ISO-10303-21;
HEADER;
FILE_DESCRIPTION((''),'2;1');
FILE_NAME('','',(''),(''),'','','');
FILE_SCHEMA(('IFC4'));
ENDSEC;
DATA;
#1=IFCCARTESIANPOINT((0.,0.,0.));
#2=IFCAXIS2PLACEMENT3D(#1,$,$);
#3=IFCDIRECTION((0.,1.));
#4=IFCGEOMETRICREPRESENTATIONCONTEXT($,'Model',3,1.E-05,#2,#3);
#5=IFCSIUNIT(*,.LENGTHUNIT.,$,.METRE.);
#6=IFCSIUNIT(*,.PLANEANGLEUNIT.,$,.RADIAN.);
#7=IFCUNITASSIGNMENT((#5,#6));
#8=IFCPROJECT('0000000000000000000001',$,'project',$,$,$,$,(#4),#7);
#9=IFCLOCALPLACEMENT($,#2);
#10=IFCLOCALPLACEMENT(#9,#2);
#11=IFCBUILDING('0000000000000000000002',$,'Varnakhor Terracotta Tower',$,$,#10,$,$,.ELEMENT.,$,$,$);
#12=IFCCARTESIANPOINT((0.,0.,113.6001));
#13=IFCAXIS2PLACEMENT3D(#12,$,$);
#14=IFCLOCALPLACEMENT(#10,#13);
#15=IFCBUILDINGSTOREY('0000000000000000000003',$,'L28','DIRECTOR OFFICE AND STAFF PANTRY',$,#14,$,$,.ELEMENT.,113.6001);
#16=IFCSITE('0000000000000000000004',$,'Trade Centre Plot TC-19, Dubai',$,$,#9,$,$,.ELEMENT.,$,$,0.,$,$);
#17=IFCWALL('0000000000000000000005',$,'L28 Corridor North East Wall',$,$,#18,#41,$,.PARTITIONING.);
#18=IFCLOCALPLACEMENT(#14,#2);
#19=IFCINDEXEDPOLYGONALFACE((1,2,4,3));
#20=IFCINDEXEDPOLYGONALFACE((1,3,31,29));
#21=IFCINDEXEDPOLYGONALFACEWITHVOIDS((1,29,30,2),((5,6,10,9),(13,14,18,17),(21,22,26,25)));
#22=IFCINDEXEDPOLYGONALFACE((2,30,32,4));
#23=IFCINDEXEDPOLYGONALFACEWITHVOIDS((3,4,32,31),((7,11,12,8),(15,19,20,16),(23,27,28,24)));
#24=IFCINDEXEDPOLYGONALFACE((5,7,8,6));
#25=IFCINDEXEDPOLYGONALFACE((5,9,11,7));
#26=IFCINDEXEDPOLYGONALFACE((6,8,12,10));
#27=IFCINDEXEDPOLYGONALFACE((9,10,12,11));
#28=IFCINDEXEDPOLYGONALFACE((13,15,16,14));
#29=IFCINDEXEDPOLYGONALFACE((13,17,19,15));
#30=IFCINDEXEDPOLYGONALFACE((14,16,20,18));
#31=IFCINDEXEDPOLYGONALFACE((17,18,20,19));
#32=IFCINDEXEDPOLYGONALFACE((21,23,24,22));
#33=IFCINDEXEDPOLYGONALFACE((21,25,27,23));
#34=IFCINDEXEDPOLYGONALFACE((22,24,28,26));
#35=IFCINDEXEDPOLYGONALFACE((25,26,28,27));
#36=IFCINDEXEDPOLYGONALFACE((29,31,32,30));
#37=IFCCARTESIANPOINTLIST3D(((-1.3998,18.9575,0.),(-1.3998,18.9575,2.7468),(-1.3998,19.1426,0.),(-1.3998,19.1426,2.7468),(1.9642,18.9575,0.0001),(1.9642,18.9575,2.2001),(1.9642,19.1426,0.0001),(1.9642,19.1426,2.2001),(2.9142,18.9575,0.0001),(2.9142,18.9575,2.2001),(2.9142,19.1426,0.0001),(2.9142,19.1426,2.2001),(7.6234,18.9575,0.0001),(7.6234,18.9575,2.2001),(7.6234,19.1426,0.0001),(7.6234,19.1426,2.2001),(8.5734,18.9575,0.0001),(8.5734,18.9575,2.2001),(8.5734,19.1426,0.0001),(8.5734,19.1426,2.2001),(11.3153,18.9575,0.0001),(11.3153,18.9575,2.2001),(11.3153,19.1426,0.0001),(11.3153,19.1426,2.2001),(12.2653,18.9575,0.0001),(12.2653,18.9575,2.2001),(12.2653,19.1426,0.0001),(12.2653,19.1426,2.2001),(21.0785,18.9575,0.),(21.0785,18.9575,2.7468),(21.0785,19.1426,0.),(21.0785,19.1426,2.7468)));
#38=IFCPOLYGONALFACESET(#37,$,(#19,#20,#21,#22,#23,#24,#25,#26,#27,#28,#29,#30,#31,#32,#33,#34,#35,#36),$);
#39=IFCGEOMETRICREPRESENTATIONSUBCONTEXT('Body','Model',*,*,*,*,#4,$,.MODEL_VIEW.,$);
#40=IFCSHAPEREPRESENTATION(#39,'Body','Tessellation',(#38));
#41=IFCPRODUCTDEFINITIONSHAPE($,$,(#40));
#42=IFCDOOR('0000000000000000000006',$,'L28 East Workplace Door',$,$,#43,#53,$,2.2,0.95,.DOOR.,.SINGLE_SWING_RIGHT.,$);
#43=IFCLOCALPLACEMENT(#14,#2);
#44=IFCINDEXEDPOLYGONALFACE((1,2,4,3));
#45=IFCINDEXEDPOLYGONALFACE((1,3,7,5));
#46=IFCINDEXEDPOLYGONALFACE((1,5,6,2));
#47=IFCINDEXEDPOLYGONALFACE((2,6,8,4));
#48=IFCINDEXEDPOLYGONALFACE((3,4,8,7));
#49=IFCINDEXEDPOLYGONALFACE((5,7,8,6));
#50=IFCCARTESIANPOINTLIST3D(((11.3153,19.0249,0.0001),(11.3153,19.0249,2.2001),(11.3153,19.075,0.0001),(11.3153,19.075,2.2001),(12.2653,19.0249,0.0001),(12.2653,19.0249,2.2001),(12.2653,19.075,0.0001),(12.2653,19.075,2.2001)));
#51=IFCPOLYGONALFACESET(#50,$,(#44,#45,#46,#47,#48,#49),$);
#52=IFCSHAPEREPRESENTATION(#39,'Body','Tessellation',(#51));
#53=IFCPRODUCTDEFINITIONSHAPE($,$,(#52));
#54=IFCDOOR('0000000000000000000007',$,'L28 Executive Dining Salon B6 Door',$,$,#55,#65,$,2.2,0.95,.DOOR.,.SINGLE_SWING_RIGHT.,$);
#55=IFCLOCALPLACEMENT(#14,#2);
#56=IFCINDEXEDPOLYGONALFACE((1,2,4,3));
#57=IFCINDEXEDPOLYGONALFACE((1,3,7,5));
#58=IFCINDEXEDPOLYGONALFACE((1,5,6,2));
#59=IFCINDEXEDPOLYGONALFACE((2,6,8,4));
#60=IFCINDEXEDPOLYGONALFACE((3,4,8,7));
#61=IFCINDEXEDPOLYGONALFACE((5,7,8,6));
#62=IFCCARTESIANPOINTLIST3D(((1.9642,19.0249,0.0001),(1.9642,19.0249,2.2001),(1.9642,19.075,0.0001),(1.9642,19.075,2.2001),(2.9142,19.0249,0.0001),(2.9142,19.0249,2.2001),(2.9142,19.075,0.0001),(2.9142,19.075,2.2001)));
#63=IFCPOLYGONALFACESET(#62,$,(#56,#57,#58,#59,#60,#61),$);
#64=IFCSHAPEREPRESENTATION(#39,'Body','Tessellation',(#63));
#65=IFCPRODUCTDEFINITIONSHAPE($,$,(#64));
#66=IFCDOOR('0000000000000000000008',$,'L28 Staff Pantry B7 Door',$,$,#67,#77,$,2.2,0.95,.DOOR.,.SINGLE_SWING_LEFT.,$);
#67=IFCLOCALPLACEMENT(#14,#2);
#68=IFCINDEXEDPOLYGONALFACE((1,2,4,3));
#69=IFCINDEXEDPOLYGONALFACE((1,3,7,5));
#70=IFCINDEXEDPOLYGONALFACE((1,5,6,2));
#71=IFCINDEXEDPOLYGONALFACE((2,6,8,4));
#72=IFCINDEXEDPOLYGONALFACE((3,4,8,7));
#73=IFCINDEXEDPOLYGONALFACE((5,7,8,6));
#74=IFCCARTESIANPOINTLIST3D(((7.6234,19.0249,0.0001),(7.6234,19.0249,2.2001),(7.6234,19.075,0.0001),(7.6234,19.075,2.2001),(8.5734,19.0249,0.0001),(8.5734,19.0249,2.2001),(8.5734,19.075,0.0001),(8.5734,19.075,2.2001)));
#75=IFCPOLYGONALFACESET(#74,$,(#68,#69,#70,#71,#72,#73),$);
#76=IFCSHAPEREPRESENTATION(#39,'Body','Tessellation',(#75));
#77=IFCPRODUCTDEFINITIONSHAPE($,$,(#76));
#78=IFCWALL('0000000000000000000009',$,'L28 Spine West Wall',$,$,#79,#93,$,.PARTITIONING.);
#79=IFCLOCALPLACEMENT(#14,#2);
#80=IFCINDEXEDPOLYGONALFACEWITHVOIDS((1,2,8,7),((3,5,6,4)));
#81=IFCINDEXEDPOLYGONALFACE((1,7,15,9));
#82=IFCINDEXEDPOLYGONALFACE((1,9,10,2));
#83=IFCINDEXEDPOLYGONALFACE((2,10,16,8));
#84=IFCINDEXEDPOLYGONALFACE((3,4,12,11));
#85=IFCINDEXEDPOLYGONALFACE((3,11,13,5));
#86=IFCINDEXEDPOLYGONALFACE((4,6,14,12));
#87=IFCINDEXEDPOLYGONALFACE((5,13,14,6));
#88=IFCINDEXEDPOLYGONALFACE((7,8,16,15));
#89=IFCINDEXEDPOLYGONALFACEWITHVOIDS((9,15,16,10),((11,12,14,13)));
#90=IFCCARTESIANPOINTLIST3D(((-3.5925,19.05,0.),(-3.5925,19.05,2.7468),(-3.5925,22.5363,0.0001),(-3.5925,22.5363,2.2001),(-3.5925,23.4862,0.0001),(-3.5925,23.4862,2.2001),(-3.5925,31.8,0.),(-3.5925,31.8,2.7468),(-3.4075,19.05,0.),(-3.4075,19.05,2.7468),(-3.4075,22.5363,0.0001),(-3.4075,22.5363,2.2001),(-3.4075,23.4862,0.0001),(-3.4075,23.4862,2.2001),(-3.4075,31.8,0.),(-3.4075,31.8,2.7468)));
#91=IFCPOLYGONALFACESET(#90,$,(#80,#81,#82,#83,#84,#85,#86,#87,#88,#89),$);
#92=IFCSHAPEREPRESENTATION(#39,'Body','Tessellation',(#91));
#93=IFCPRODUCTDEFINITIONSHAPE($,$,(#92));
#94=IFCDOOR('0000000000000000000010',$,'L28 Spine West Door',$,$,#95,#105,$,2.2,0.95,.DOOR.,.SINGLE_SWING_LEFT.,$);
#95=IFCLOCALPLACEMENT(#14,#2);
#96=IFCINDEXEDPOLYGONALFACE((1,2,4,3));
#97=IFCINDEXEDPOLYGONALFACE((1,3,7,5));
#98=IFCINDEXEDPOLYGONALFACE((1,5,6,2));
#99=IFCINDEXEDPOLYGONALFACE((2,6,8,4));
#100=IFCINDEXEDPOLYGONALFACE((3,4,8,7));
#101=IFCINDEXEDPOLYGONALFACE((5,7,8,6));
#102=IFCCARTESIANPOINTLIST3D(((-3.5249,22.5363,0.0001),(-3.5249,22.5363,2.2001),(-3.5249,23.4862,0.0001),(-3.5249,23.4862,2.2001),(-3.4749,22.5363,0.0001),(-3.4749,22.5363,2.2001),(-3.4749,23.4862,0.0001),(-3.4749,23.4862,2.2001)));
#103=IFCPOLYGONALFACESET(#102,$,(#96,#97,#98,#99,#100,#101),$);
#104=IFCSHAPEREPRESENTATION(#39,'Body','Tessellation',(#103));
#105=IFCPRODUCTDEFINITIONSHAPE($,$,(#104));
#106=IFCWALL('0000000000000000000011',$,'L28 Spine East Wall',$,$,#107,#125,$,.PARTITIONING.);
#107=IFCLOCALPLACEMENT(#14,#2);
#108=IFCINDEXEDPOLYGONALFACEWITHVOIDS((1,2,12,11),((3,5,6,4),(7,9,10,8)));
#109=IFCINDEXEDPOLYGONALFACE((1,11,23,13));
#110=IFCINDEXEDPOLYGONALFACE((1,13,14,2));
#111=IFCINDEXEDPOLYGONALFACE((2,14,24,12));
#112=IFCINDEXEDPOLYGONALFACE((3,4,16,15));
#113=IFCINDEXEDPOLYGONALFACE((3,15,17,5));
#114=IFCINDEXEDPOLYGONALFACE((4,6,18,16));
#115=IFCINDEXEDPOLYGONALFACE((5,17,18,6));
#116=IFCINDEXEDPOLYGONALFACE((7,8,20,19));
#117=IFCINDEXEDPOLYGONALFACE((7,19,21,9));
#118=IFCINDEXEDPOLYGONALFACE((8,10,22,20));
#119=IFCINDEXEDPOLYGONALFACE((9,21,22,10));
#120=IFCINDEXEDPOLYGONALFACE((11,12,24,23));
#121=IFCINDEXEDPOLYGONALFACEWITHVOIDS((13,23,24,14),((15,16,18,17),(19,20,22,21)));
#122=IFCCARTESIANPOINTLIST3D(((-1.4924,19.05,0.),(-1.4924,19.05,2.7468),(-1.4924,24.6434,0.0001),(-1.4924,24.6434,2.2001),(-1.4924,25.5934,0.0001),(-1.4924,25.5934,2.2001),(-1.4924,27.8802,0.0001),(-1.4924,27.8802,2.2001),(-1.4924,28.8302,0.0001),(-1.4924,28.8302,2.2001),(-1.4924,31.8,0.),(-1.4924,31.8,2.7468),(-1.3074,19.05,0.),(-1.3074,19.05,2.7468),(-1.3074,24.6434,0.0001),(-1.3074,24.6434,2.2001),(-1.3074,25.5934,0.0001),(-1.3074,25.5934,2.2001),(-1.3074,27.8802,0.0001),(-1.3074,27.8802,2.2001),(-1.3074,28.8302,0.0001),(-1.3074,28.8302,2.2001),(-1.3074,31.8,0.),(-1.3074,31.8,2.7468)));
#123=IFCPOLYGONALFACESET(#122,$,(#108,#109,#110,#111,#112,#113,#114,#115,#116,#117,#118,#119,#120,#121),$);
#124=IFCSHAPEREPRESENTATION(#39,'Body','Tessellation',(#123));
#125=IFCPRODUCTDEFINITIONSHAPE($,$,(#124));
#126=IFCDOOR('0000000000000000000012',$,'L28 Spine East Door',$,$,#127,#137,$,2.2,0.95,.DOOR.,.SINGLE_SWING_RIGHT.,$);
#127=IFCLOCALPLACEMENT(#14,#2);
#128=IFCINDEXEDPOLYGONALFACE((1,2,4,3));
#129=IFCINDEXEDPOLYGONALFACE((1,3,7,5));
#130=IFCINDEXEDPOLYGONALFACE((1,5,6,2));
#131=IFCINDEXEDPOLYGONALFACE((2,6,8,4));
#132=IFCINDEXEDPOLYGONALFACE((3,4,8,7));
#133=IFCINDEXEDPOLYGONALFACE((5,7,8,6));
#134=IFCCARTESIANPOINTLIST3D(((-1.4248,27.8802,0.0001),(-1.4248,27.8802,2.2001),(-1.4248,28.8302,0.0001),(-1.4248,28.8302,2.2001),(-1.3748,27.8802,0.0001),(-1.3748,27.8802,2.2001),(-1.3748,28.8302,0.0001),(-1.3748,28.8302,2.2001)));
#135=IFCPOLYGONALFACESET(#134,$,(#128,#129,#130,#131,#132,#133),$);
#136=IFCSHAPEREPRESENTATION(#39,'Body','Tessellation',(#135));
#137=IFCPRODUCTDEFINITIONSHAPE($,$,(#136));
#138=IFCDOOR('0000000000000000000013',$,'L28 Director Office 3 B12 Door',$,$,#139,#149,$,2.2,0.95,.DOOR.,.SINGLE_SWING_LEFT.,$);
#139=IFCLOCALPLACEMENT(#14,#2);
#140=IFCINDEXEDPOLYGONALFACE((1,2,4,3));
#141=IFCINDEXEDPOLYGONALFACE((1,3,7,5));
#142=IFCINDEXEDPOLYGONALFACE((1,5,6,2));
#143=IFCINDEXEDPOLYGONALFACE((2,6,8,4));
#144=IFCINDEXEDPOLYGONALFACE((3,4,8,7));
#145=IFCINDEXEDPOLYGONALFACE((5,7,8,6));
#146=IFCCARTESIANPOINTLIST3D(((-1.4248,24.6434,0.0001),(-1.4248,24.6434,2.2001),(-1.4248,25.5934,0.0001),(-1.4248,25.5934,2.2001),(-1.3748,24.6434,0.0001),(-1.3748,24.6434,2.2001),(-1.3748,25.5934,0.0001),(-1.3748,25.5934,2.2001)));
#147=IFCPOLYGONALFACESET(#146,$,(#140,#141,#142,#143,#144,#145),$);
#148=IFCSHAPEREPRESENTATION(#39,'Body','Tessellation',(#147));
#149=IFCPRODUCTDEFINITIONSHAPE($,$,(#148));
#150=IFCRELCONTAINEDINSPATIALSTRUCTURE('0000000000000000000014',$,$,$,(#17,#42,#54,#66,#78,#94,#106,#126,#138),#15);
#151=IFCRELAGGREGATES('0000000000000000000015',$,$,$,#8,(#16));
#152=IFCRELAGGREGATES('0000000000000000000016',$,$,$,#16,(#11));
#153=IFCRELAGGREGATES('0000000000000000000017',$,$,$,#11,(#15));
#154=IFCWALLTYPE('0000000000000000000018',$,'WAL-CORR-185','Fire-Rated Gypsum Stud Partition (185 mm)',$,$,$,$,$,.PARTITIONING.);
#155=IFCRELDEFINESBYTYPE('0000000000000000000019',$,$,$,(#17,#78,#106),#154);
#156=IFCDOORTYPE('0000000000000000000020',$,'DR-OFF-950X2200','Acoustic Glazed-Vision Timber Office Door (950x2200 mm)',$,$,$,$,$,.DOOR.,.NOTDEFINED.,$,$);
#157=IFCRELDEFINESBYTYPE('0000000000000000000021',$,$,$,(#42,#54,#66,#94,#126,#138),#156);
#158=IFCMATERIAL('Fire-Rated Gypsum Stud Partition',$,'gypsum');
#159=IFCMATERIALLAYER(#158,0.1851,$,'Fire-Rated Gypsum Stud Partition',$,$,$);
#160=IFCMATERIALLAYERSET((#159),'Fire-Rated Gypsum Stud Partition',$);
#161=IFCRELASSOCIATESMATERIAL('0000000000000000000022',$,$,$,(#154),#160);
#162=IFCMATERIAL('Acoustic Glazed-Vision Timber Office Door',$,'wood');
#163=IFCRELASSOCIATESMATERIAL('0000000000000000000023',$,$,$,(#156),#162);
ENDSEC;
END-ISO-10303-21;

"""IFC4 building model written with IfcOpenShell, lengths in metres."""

from ifc_helpers import new_model, si_unit, direction, frame, frame_2d, origin, place, context, subcontext, project, spatial, rectangle, extrude, source, transform, mapped, material, layer, layer_set, type_object, type_shapes, element, fill, save


model = new_model("IFC4")

# Units and contexts
model_context = context("Model", 3, precision=1e-05, world=origin(), true_north=direction((0.0, 1.0)))
body_context = subcontext(model_context, "Body", "Model", "MODEL_VIEW")
ifc_project = project(units=[si_unit("LENGTHUNIT", "METRE"), si_unit("PLANEANGLEUNIT", "RADIAN")], contexts=[model_context])

# Site, building, storey
site_placement = place(None, origin())
site = spatial("IfcSite", under=ifc_project, at=site_placement, Name="Trade Centre Plot TC-19, Dubai", CompositionType="ELEMENT", RefElevation=0.0)
building_placement = place(site_placement, origin())
building = spatial("IfcBuilding", under=site, at=building_placement, Name="Varnakhor Terracotta Tower", CompositionType="ELEMENT")
storey_placement = place(building_placement, frame((0.0, 0.0, 113.6001)))
storey = spatial("IfcBuildingStorey", under=building, at=storey_placement, Name="L28", Description="DIRECTOR OFFICE AND STAFF PANTRY", CompositionType="ELEMENT", Elevation=113.6001)

# Wall, openings, doors
ifc_material_1 = material(Name="Fire-Rated Gypsum Stud Partition", Category="gypsum")
ifc_layer_1 = layer(ifc_material_1, 0.1851, Name="Fire-Rated Gypsum Stud Partition")
ifc_layer_set_1 = layer_set([ifc_layer_1], Name="Fire-Rated Gypsum Stud Partition")
wall_type_1 = type_object("IfcWallType", Name="WAL-CORR-185", Description="Fire-Rated Gypsum Stud Partition (185 mm)", PredefinedType="PARTITIONING", material=ifc_layer_set_1)
wall_1_placement = place(storey_placement, frame((-1.3999, 19.05, 0.0), z_axis=(0.0, 0.0, 1.0), x_axis=(1.0, 0.0, 0.0)))
wall_1 = element("IfcWall", 1, at=wall_1_placement, inside=storey, type_object=wall_type_1, Name="L28 Corridor North East Wall", PredefinedType="PARTITIONING", context=body_context, shape_type="SweptSolid", body=[
    extrude(rectangle(XDim=22.4783, YDim=0.1851, at=frame_2d((11.2393, 0.0))), origin(), (0.0, 0.0, 1.0), 2.7468),
])
opening_1_placement = place(wall_1_placement, frame((12.7151, 0.0, 0.0)))
opening_1 = element("IfcOpeningElement", 2, at=opening_1_placement, cuts=wall_1, PredefinedType="OPENING", context=body_context, shape_type="SweptSolid", body=[
    extrude(rectangle(XDim=0.95, YDim=2.2, at=frame_2d((0.4751, 1.1001))), frame((0.0, 0.1025, 0.0), z_axis=(0.0, -1.0, 0.0), x_axis=(1.0, 0.0, 0.0)), (0.0, 0.0, 1.0), 0.2051),
])
opening_2_placement = place(wall_1_placement, frame((3.364, 0.0, 0.0)))
opening_2 = element("IfcOpeningElement", 3, at=opening_2_placement, cuts=wall_1, PredefinedType="OPENING", context=body_context, shape_type="SweptSolid", body=[
    extrude(rectangle(XDim=0.95, YDim=2.2, at=frame_2d((0.4751, 1.1001))), frame((0.0, 0.1025, 0.0), z_axis=(0.0, -1.0, 0.0), x_axis=(1.0, 0.0, 0.0)), (0.0, 0.0, 1.0), 0.2051),
])
opening_3_placement = place(wall_1_placement, frame((9.0232, 0.0, 0.0)))
opening_3 = element("IfcOpeningElement", 4, at=opening_3_placement, cuts=wall_1, PredefinedType="OPENING", context=body_context, shape_type="SweptSolid", body=[
    extrude(rectangle(XDim=0.95, YDim=2.2, at=frame_2d((0.4751, 1.1001))), frame((0.0, 0.1025, 0.0), z_axis=(0.0, -1.0, 0.0), x_axis=(1.0, 0.0, 0.0)), (0.0, 0.0, 1.0), 0.2051),
])
ifc_material_2 = material(Name="Acoustic Glazed-Vision Timber Office Door", Category="wood")
door_type = type_object("IfcDoorType", Name="DR-OFF-950X2200", Description="Acoustic Glazed-Vision Timber Office Door (950x2200 mm)", OperationType="NOTDEFINED", PredefinedType="DOOR", material=ifc_material_2)
shared_shape_1 = source(origin(), body_context, "Body", "SweptSolid", [
    extrude(rectangle(XDim=0.95, YDim=2.2, at=frame_2d((0.4751, 1.1001))), frame((0.0, 0.0249, 0.0), z_axis=(0.0, -1.0, 0.0), x_axis=(1.0, 0.0, 0.0)), (0.0, 0.0, 1.0), 0.05),
])
type_shapes(door_type, [shared_shape_1])
door_1_placement = place(opening_1_placement, origin())
door_1 = element("IfcDoor", 5, at=door_1_placement, inside=storey, type_object=door_type, Name="L28 East Workplace Door", OperationType="SINGLE_SWING_RIGHT", OverallHeight=2.2, OverallWidth=0.95, PredefinedType="DOOR", context=body_context, shape_type="MappedRepresentation", body=[
    mapped(shared_shape_1, transform((0.0, 0.0, 0.0), scale=1.0)),
])
fill(opening_1, door_1)
door_2_placement = place(opening_2_placement, origin())
door_2 = element("IfcDoor", 6, at=door_2_placement, inside=storey, type_object=door_type, Name="L28 Executive Dining Salon B6 Door", OperationType="SINGLE_SWING_RIGHT", OverallHeight=2.2, OverallWidth=0.95, PredefinedType="DOOR", context=body_context, shape_type="MappedRepresentation", body=[
    mapped(shared_shape_1, transform((0.0, 0.0, 0.0), scale=1.0)),
])
fill(opening_2, door_2)
door_3_placement = place(opening_3_placement, origin())
door_3 = element("IfcDoor", 7, at=door_3_placement, inside=storey, type_object=door_type, Name="L28 Staff Pantry B7 Door", OperationType="SINGLE_SWING_LEFT", OverallHeight=2.2, OverallWidth=0.95, PredefinedType="DOOR", context=body_context, shape_type="MappedRepresentation", body=[
    mapped(shared_shape_1, transform((0.0, 0.0, 0.0), scale=1.0)),
])
fill(opening_3, door_3)

# Wall, opening, door
wall_2_placement = place(storey_placement, frame((-3.5, 19.05, 0.0), z_axis=(0.0, 0.0, 1.0), x_axis=(0.0, 1.0, 0.0)))
wall_2 = element("IfcWall", 8, at=wall_2_placement, inside=storey, type_object=wall_type_1, Name="L28 Spine West Wall", PredefinedType="PARTITIONING", context=body_context, shape_type="SweptSolid", body=[
    extrude(rectangle(XDim=12.75, YDim=0.1851, at=frame_2d((6.375, 0.0))), origin(), (0.0, 0.0, 1.0), 2.7468),
])
opening_4_placement = place(wall_2_placement, frame((3.4861, 0.0, 0.0)))
opening_4 = element("IfcOpeningElement", 9, at=opening_4_placement, cuts=wall_2, PredefinedType="OPENING", context=body_context, shape_type="SweptSolid", body=[
    extrude(rectangle(XDim=0.95, YDim=2.2, at=frame_2d((0.4751, 1.1001))), frame((0.0, 0.1025, 0.0), z_axis=(0.0, -1.0, 0.0), x_axis=(1.0, 0.0, 0.0)), (0.0, 0.0, 1.0), 0.2051),
])
door_4_placement = place(opening_4_placement, origin())
door_4 = element("IfcDoor", 10, at=door_4_placement, inside=storey, type_object=door_type, Name="L28 Spine West Door", OperationType="SINGLE_SWING_LEFT", OverallHeight=2.2, OverallWidth=0.95, PredefinedType="DOOR", context=body_context, shape_type="MappedRepresentation", body=[
    mapped(shared_shape_1, transform((0.0, 0.0, 0.0), scale=1.0)),
])
fill(opening_4, door_4)

# Wall, openings, doors
wall_3_placement = place(storey_placement, frame((-1.3999, 19.05, 0.0), z_axis=(0.0, 0.0, 1.0), x_axis=(0.0, 1.0, 0.0)))
wall_3 = element("IfcWall", 11, at=wall_3_placement, inside=storey, type_object=wall_type_1, Name="L28 Spine East Wall", PredefinedType="PARTITIONING", context=body_context, shape_type="SweptSolid", body=[
    extrude(rectangle(XDim=12.75, YDim=0.1851, at=frame_2d((6.375, 0.0))), origin(), (0.0, 0.0, 1.0), 2.7468),
])
opening_5_placement = place(wall_3_placement, frame((8.8301, 0.0, 0.0)))
opening_5 = element("IfcOpeningElement", 12, at=opening_5_placement, cuts=wall_3, PredefinedType="OPENING", context=body_context, shape_type="SweptSolid", body=[
    extrude(rectangle(XDim=0.95, YDim=2.2, at=frame_2d((0.4751, 1.1001))), frame((0.0, 0.1025, 0.0), z_axis=(0.0, -1.0, 0.0), x_axis=(1.0, 0.0, 0.0)), (0.0, 0.0, 1.0), 0.2051),
])
opening_6_placement = place(wall_3_placement, frame((5.5933, 0.0, 0.0)))
opening_6 = element("IfcOpeningElement", 13, at=opening_6_placement, cuts=wall_3, PredefinedType="OPENING", context=body_context, shape_type="SweptSolid", body=[
    extrude(rectangle(XDim=0.95, YDim=2.2, at=frame_2d((0.4751, 1.1001))), frame((0.0, 0.1025, 0.0), z_axis=(0.0, -1.0, 0.0), x_axis=(1.0, 0.0, 0.0)), (0.0, 0.0, 1.0), 0.2051),
])
door_5_placement = place(opening_5_placement, origin())
door_5 = element("IfcDoor", 14, at=door_5_placement, inside=storey, type_object=door_type, Name="L28 Spine East Door", OperationType="SINGLE_SWING_RIGHT", OverallHeight=2.2, OverallWidth=0.95, PredefinedType="DOOR", context=body_context, shape_type="MappedRepresentation", body=[
    mapped(shared_shape_1, transform((0.0, 0.0, 0.0), scale=1.0)),
])
fill(opening_5, door_5)
door_6_placement = place(opening_6_placement, origin())
door_6 = element("IfcDoor", 15, at=door_6_placement, inside=storey, type_object=door_type, Name="L28 Director Office 3 B12 Door", OperationType="SINGLE_SWING_LEFT", OverallHeight=2.2, OverallWidth=0.95, PredefinedType="DOOR", context=body_context, shape_type="MappedRepresentation", body=[
    mapped(shared_shape_1, transform((0.0, 0.0, 0.0), scale=1.0)),
])
fill(opening_6, door_6)

save(model, "model.ifc")
